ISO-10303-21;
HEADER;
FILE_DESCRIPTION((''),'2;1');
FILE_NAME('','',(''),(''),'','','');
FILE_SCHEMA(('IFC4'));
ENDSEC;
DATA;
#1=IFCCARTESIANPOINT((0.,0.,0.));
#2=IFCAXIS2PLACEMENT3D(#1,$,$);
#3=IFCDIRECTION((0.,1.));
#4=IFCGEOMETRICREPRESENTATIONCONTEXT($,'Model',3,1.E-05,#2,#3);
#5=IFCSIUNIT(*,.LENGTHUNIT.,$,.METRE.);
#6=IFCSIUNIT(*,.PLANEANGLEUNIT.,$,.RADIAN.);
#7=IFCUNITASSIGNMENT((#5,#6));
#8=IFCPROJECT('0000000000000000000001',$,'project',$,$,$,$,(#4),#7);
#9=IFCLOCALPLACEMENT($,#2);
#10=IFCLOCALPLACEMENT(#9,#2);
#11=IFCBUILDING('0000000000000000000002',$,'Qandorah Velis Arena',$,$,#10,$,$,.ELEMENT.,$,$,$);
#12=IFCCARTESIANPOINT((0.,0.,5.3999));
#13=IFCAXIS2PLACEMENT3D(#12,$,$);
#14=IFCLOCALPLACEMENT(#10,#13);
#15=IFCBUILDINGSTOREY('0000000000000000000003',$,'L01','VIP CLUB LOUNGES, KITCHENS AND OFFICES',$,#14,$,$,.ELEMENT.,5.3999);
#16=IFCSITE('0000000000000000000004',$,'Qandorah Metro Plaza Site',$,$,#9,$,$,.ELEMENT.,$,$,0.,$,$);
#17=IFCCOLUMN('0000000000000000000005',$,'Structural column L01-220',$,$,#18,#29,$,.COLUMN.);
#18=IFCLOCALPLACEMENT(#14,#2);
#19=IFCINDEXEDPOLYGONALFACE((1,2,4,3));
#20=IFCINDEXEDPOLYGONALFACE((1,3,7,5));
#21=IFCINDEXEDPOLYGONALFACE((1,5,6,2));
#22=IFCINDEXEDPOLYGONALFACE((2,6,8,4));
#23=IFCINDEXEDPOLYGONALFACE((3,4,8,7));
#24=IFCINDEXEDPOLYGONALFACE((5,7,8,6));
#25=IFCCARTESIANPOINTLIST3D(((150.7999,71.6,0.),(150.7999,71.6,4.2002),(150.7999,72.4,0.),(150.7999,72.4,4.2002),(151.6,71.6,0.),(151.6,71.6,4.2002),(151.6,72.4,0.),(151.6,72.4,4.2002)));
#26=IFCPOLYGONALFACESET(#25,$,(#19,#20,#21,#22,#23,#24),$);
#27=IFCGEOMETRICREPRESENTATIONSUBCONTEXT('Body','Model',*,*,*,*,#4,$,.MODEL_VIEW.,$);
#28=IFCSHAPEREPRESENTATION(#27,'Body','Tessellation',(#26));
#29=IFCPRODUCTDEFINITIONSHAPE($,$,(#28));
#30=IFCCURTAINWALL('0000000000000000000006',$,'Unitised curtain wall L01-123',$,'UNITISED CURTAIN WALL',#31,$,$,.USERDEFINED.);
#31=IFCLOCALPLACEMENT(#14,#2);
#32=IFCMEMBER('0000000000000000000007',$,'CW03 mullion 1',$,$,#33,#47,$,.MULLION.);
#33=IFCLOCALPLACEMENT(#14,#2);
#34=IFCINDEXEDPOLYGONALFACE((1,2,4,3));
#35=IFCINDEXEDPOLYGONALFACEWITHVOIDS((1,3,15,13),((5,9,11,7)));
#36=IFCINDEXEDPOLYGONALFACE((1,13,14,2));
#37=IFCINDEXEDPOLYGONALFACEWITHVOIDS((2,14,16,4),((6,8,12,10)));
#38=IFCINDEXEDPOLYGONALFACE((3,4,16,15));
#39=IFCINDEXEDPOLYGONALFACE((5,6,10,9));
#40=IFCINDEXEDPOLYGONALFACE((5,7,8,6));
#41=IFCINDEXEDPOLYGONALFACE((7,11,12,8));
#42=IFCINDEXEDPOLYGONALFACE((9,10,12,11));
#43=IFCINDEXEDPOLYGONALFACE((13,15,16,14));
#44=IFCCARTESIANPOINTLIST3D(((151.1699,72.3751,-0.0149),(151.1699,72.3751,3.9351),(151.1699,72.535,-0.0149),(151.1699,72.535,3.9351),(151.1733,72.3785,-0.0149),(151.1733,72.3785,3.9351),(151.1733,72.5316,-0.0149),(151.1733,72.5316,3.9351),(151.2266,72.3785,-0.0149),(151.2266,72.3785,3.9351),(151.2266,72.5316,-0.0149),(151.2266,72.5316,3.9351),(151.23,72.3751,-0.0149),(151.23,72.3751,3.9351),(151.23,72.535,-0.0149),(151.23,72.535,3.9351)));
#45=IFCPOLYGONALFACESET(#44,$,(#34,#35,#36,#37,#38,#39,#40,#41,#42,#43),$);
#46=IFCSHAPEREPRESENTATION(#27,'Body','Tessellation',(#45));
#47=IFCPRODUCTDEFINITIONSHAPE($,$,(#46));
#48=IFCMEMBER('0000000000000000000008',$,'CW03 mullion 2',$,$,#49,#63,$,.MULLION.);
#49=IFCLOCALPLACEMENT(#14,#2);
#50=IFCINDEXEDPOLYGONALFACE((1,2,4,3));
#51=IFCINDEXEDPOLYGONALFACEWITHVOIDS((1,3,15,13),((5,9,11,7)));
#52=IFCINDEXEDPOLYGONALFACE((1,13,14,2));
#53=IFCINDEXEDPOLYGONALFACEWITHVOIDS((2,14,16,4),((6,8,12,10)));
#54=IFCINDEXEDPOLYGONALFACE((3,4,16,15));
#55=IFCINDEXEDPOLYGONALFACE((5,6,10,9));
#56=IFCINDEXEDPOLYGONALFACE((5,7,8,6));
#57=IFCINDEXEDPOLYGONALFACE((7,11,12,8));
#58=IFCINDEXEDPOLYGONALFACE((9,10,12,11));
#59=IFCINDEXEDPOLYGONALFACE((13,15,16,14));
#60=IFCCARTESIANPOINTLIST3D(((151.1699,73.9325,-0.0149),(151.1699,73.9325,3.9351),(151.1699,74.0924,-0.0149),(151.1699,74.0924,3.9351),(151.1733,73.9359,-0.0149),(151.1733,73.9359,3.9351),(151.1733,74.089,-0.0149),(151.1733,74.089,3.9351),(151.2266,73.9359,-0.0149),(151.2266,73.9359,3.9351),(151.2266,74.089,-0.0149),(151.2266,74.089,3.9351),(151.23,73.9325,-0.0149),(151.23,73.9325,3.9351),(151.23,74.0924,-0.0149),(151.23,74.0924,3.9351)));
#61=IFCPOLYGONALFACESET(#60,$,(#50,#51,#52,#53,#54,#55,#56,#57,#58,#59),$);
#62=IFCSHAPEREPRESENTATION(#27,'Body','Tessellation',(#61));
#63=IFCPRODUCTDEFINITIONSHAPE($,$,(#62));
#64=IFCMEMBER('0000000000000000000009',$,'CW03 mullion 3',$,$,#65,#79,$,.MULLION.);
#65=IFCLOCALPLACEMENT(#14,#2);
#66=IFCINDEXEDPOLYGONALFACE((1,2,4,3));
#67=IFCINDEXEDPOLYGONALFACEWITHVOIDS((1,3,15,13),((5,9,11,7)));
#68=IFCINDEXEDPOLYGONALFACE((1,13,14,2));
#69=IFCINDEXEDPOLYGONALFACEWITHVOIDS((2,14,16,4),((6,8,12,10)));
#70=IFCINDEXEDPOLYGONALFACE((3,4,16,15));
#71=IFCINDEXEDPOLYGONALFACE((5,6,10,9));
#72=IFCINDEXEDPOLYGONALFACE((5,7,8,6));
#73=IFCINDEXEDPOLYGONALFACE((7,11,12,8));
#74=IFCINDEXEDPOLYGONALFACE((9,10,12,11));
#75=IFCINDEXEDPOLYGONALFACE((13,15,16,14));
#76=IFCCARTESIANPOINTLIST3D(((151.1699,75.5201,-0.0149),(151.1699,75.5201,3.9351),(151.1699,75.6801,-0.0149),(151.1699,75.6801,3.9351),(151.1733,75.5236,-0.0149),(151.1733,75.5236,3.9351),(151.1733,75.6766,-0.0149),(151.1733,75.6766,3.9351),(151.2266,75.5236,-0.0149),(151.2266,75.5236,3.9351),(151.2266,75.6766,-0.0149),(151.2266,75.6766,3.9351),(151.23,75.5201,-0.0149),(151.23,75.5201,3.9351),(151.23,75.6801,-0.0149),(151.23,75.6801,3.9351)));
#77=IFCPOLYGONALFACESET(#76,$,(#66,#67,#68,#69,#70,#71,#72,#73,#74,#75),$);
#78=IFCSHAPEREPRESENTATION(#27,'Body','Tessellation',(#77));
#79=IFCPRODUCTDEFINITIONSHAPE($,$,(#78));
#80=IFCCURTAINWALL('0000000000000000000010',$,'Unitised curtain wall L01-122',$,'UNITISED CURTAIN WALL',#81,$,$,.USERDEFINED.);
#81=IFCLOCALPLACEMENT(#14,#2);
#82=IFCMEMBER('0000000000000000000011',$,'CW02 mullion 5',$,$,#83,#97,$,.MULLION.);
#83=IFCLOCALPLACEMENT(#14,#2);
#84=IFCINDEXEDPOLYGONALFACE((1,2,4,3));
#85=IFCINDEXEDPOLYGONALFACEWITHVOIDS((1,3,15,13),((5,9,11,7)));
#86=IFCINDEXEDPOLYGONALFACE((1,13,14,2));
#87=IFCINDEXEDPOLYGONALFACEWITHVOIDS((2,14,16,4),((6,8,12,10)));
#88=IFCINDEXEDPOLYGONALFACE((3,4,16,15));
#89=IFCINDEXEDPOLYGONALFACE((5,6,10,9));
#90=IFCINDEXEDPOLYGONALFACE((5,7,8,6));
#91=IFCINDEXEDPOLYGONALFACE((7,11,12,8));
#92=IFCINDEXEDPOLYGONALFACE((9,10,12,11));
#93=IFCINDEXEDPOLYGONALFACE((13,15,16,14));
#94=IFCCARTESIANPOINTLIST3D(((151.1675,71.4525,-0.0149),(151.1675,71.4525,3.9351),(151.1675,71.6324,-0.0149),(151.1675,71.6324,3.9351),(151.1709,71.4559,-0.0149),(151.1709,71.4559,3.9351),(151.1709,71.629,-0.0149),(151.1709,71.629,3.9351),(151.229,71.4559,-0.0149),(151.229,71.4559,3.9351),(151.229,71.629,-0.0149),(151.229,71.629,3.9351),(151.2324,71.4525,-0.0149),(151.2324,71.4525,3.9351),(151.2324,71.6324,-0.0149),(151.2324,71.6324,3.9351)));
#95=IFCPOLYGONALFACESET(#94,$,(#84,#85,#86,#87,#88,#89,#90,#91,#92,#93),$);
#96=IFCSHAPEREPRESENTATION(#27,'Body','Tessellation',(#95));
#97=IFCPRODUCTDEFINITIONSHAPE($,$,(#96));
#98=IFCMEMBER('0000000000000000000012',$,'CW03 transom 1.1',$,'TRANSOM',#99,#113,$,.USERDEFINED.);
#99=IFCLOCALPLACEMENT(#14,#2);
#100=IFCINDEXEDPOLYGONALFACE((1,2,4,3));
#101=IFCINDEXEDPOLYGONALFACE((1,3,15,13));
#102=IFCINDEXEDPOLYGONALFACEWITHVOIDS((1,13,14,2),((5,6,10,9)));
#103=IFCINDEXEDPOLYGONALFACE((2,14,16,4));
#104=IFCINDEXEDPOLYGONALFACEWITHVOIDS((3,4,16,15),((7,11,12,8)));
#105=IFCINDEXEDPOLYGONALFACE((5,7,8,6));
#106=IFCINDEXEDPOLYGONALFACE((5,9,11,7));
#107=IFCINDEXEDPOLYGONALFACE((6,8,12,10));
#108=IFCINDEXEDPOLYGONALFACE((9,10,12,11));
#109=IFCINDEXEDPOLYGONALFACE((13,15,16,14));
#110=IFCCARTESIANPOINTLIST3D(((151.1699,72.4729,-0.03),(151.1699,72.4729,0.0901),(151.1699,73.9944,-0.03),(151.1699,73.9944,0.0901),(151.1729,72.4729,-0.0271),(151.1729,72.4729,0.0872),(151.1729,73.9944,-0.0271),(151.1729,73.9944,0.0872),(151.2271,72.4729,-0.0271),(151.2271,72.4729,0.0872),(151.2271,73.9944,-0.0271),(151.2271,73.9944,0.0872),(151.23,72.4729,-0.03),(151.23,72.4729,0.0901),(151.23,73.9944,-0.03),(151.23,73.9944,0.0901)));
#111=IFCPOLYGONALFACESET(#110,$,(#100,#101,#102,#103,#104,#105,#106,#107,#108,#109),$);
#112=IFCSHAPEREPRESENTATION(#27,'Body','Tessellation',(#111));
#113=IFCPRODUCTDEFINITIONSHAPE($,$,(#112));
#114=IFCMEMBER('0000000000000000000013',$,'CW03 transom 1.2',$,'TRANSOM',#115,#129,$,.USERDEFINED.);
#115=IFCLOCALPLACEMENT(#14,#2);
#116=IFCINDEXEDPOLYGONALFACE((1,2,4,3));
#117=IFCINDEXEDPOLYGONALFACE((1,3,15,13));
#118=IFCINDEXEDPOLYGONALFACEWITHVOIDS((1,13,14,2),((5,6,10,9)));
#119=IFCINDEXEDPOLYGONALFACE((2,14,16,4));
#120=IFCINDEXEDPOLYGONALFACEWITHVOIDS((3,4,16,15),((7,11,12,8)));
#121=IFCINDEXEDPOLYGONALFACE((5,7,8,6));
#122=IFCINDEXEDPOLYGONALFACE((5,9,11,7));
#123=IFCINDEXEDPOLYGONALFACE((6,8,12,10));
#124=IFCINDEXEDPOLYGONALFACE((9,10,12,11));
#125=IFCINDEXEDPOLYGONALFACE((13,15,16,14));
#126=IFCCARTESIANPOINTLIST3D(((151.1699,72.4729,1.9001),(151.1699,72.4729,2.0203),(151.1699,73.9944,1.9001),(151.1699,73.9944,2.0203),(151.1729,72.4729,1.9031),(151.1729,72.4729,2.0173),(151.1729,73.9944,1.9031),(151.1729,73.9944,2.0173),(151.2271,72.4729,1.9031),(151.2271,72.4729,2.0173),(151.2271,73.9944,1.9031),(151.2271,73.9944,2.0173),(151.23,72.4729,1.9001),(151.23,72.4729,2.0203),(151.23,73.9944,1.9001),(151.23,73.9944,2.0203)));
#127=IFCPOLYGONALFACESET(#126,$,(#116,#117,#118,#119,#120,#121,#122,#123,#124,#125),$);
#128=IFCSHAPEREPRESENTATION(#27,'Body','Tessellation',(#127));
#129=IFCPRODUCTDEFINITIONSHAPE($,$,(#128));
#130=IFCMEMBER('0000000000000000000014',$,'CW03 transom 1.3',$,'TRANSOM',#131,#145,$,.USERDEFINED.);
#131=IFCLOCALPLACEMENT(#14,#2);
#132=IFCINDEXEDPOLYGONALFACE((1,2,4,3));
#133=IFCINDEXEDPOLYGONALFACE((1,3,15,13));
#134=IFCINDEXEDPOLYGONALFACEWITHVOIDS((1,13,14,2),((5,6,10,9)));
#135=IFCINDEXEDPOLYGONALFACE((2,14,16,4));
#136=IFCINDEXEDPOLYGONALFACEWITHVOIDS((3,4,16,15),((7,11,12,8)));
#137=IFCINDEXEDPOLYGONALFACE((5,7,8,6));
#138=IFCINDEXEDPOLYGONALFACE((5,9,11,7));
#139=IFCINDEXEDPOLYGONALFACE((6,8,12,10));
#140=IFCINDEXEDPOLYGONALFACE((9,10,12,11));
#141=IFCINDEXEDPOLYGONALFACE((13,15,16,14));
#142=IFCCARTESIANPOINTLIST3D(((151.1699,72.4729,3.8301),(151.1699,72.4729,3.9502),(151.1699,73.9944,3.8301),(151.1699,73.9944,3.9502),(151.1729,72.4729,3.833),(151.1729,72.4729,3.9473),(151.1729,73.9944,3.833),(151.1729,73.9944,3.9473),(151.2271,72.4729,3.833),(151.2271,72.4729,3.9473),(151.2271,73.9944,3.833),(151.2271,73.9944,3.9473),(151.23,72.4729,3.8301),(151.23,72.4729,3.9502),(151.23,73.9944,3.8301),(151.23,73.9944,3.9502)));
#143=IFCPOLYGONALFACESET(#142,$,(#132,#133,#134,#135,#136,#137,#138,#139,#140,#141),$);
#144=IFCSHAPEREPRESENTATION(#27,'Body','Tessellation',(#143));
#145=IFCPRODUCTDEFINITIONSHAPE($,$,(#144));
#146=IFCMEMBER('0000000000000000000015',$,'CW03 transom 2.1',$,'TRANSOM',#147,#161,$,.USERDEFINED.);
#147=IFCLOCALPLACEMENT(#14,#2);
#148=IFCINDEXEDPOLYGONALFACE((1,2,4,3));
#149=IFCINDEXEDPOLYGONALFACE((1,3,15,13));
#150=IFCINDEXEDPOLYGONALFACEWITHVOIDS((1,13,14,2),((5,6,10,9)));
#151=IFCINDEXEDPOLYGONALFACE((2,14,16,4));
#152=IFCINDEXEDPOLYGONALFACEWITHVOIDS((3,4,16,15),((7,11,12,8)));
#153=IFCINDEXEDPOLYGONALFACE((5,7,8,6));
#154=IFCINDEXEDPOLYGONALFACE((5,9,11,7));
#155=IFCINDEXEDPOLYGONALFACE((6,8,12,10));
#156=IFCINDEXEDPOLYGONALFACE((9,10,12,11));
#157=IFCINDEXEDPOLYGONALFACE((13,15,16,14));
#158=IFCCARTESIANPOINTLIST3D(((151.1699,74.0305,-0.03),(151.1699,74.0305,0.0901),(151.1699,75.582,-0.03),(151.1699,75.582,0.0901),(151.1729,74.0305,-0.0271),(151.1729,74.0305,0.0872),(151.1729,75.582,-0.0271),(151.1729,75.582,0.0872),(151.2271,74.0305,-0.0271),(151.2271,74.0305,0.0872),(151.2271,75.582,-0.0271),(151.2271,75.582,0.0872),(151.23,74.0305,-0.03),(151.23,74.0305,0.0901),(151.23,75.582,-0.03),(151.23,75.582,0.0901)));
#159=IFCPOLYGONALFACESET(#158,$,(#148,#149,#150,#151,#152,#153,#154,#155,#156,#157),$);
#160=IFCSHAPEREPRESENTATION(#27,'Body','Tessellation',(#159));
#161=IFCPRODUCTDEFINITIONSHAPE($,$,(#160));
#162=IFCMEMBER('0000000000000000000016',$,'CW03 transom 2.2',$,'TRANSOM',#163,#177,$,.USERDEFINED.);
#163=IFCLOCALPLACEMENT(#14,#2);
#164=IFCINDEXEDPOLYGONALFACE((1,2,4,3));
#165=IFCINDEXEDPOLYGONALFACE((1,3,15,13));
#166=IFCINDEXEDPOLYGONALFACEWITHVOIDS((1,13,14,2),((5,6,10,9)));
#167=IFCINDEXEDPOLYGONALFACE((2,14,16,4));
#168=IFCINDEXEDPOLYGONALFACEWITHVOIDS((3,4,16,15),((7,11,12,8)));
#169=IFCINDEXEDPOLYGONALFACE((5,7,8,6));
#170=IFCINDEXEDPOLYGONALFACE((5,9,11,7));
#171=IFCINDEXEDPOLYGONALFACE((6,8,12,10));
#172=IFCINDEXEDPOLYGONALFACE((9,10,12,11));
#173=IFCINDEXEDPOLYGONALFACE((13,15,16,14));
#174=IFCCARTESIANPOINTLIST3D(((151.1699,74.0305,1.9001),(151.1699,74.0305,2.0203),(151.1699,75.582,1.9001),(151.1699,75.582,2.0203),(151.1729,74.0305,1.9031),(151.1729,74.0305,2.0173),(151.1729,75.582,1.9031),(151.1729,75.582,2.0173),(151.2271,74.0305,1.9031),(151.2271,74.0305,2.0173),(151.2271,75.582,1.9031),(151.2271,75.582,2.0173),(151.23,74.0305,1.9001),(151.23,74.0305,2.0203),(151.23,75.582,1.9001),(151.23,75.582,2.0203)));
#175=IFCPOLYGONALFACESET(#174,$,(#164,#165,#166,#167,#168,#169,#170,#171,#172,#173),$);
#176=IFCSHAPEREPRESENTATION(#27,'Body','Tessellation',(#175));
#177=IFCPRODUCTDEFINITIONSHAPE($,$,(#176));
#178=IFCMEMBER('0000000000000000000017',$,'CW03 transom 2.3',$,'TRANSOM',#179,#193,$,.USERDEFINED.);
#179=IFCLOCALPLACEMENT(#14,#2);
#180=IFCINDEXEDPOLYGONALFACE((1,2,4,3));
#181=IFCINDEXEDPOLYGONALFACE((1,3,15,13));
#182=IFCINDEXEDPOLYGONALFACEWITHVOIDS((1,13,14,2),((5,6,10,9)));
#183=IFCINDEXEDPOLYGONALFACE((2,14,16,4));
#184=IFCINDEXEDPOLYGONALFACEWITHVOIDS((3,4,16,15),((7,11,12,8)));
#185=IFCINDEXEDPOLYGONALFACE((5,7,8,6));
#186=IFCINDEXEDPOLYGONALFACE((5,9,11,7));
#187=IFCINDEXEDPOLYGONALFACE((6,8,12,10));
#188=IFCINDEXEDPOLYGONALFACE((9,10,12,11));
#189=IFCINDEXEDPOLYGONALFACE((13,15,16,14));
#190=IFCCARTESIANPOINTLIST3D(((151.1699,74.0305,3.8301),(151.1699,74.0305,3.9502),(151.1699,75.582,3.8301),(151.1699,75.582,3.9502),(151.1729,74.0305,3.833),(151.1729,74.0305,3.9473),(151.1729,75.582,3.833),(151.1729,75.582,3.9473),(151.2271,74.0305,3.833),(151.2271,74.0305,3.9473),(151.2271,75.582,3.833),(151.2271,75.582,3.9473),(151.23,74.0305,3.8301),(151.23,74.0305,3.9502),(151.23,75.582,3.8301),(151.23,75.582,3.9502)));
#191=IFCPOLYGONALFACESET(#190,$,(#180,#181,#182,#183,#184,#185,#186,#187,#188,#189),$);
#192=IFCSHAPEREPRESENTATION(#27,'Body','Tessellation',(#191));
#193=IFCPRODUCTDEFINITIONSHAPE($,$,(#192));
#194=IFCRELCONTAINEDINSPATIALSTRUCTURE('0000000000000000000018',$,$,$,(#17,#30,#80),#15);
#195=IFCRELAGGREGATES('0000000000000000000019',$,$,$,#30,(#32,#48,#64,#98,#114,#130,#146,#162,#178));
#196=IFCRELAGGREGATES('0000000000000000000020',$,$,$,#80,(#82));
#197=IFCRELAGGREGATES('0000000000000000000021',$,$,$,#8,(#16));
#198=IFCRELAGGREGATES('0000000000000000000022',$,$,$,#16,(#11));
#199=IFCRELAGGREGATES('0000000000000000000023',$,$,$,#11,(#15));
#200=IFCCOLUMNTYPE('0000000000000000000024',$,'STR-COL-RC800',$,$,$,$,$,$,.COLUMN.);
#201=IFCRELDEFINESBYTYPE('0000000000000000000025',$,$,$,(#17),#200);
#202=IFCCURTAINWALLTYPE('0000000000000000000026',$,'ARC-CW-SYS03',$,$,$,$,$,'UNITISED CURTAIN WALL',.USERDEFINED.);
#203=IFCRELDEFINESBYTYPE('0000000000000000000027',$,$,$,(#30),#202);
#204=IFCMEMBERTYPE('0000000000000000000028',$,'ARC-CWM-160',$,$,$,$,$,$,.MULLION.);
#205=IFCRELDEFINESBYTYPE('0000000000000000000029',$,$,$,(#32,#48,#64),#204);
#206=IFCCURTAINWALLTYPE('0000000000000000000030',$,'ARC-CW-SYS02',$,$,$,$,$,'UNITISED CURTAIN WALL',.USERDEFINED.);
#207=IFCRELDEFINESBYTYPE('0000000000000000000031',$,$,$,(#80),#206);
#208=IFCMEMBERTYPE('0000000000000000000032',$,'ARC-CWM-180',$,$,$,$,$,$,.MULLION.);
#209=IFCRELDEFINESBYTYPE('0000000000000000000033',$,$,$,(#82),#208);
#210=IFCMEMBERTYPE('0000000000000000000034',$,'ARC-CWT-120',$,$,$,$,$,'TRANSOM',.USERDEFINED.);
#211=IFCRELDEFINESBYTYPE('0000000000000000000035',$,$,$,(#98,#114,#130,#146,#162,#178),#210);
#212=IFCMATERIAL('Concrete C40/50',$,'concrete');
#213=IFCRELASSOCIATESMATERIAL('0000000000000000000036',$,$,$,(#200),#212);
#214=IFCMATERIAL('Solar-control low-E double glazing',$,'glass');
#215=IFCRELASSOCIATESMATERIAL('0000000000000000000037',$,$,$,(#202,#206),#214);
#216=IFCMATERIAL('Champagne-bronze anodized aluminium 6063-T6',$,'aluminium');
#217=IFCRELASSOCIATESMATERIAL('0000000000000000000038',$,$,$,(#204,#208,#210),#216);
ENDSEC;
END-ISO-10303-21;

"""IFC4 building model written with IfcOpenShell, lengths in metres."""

from ifc_helpers import new_model, si_unit, direction, frame, origin, origin_2d, place, context, subcontext, project, spatial, rectangle, hollow_rectangle, extrude, material, material_profile, profile_set, type_object, element, aggregate, save


model = new_model("IFC4")

# Units and contexts
model_context = context("Model", 3, precision=1e-05, world=origin(), true_north=direction((0.0, 1.0)))
body_context = subcontext(model_context, "Body", "Model", "MODEL_VIEW")
ifc_project = project(units=[si_unit("LENGTHUNIT", "METRE"), si_unit("PLANEANGLEUNIT", "RADIAN")], contexts=[model_context])

# Site, building, storey
site_placement = place(None, origin())
site = spatial("IfcSite", under=ifc_project, at=site_placement, Name="Qandorah Metro Plaza Site", CompositionType="ELEMENT", RefElevation=0.0)
building_placement = place(site_placement, origin())
building = spatial("IfcBuilding", under=site, at=building_placement, Name="Qandorah Velis Arena", CompositionType="ELEMENT")
storey_placement = place(building_placement, frame((0.0, 0.0, 5.3999)))
storey = spatial("IfcBuildingStorey", under=building, at=storey_placement, Name="L01", Description="VIP CLUB LOUNGES, KITCHENS AND OFFICES", CompositionType="ELEMENT", Elevation=5.3999)

# Column
ifc_material_1 = material(Name="Concrete C40/50", Category="concrete")
ifc_material_profile_1 = material_profile(ifc_material_1, rectangle(XDim=0.8, YDim=0.8, at=origin_2d()), Name="RC COL 800x800")
ifc_profile_set_1 = profile_set([ifc_material_profile_1], Name="Concrete C40/50")
column_type = type_object("IfcColumnType", Name="STR-COL-RC800", PredefinedType="COLUMN", material=ifc_profile_set_1)
column_placement = place(storey_placement, frame((151.2, 72.0, 0.0), z_axis=(0.0, 0.0, 1.0), x_axis=(1.0, 0.0, 0.0)))
element("IfcColumn", 1, at=column_placement, inside=storey, type_object=column_type, Name="Structural column L01-220", PredefinedType="COLUMN", context=body_context, shape_type="SweptSolid", body=[
    extrude(rectangle(XDim=0.8, YDim=0.8, at=origin_2d()), origin(), (0.0, 0.0, 1.0), 4.2002),
])

# Curtain wall, members
ifc_material_2 = material(Name="Solar-control low-E double glazing", Category="glass")
curtain_wall_type_1 = type_object("IfcCurtainWallType", Name="ARC-CW-SYS03", ElementType="UNITISED CURTAIN WALL", PredefinedType="USERDEFINED", material=ifc_material_2)
curtain_wall_1_placement = place(storey_placement, origin())
curtain_wall_1 = element("IfcCurtainWall", 2, at=curtain_wall_1_placement, inside=storey, type_object=curtain_wall_type_1, Name="Unitised curtain wall L01-123", ObjectType="UNITISED CURTAIN WALL", PredefinedType="USERDEFINED")
ifc_material_3 = material(Name="Champagne-bronze anodized aluminium 6063-T6", Category="aluminium")
ifc_material_profile_2 = material_profile(ifc_material_3, hollow_rectangle(XDim=0.0601, YDim=0.1599, WallThickness=0.0034, at=origin_2d()), Name="ALU MULLION 60x160")
ifc_profile_set_2 = profile_set([ifc_material_profile_2], Name="Champagne-bronze anodized aluminium 6063-T6")
member_type_1 = type_object("IfcMemberType", Name="ARC-CWM-160", PredefinedType="MULLION", material=ifc_profile_set_2)
member_1_placement = place(storey_placement, frame((151.2, 72.4551, -0.0149), z_axis=(0.0, 0.0, 1.0), x_axis=(-1.0, 0.0, 0.0)))
member_1 = element("IfcMember", 3, at=member_1_placement, type_object=member_type_1, Name="CW03 mullion 1", PredefinedType="MULLION", context=body_context, shape_type="SweptSolid", body=[
    extrude(hollow_rectangle(XDim=0.0601, YDim=0.1599, WallThickness=0.0034, at=origin_2d()), origin(), (0.0, 0.0, 1.0), 3.95),
])
member_2_placement = place(storey_placement, frame((151.2, 74.0125, -0.0149), z_axis=(0.0, 0.0, 1.0), x_axis=(-1.0, 0.0, 0.0)))
member_2 = element("IfcMember", 4, at=member_2_placement, type_object=member_type_1, Name="CW03 mullion 2", PredefinedType="MULLION", context=body_context, shape_type="SweptSolid", body=[
    extrude(hollow_rectangle(XDim=0.0601, YDim=0.1599, WallThickness=0.0034, at=origin_2d()), origin(), (0.0, 0.0, 1.0), 3.95),
])
member_3_placement = place(storey_placement, frame((151.2, 75.6001, -0.0149), z_axis=(0.0, 0.0, 1.0), x_axis=(-1.0, 0.0, 0.0)))
member_3 = element("IfcMember", 5, at=member_3_placement, type_object=member_type_1, Name="CW03 mullion 3", PredefinedType="MULLION", context=body_context, shape_type="SweptSolid", body=[
    extrude(hollow_rectangle(XDim=0.0601, YDim=0.1599, WallThickness=0.0034, at=origin_2d()), origin(), (0.0, 0.0, 1.0), 3.95),
])

# Curtain wall, member
curtain_wall_type_2 = type_object("IfcCurtainWallType", Name="ARC-CW-SYS02", ElementType="UNITISED CURTAIN WALL", PredefinedType="USERDEFINED", material=ifc_material_2)
curtain_wall_2_placement = place(storey_placement, origin())
curtain_wall_2 = element("IfcCurtainWall", 6, at=curtain_wall_2_placement, inside=storey, type_object=curtain_wall_type_2, Name="Unitised curtain wall L01-122", ObjectType="UNITISED CURTAIN WALL", PredefinedType="USERDEFINED")
ifc_material_profile_3 = material_profile(ifc_material_3, hollow_rectangle(XDim=0.0649, YDim=0.1799, WallThickness=0.0034, at=origin_2d()), Name="ALU MULLION 65x180")
ifc_profile_set_3 = profile_set([ifc_material_profile_3], Name="Champagne-bronze anodized aluminium 6063-T6")
member_type_2 = type_object("IfcMemberType", Name="ARC-CWM-180", PredefinedType="MULLION", material=ifc_profile_set_3)
member_4_placement = place(storey_placement, frame((151.2, 71.5425, -0.0149), z_axis=(0.0, 0.0, 1.0), x_axis=(-1.0, 0.0, 0.0)))
member_4 = element("IfcMember", 7, at=member_4_placement, type_object=member_type_2, Name="CW02 mullion 5", PredefinedType="MULLION", context=body_context, shape_type="SweptSolid", body=[
    extrude(hollow_rectangle(XDim=0.0649, YDim=0.1799, WallThickness=0.0034, at=origin_2d()), origin(), (0.0, 0.0, 1.0), 3.95),
])

# Members
ifc_material_profile_4 = material_profile(ifc_material_3, hollow_rectangle(XDim=0.0601, YDim=0.1201, WallThickness=0.0029, at=origin_2d()), Name="ALU TRANSOM 60x120")
ifc_profile_set_4 = profile_set([ifc_material_profile_4], Name="Champagne-bronze anodized aluminium 6063-T6")
member_type_3 = type_object("IfcMemberType", Name="ARC-CWT-120", ElementType="TRANSOM", PredefinedType="USERDEFINED", material=ifc_profile_set_4)
member_5_placement = place(storey_placement, frame((151.2, 72.4729, 0.03), z_axis=(0.0, 1.0, 0.0), x_axis=(-1.0, 0.0, 0.0)))
member_5 = element("IfcMember", 8, at=member_5_placement, type_object=member_type_3, Name="CW03 transom 1.1", ObjectType="TRANSOM", PredefinedType="USERDEFINED", context=body_context, shape_type="SweptSolid", body=[
    extrude(hollow_rectangle(XDim=0.0601, YDim=0.1201, WallThickness=0.0029, at=origin_2d()), origin(), (0.0, 0.0, 1.0), 1.5215),
])
member_6_placement = place(storey_placement, frame((151.2, 72.4729, 1.9602), z_axis=(0.0, 1.0, 0.0), x_axis=(-1.0, 0.0, 0.0)))
member_6 = element("IfcMember", 9, at=member_6_placement, type_object=member_type_3, Name="CW03 transom 1.2", ObjectType="TRANSOM", PredefinedType="USERDEFINED", context=body_context, shape_type="SweptSolid", body=[
    extrude(hollow_rectangle(XDim=0.0601, YDim=0.1201, WallThickness=0.0029, at=origin_2d()), origin(), (0.0, 0.0, 1.0), 1.5215),
])
member_7_placement = place(storey_placement, frame((151.2, 72.4729, 3.8901), z_axis=(0.0, 1.0, 0.0), x_axis=(-1.0, 0.0, 0.0)))
member_7 = element("IfcMember", 10, at=member_7_placement, type_object=member_type_3, Name="CW03 transom 1.3", ObjectType="TRANSOM", PredefinedType="USERDEFINED", context=body_context, shape_type="SweptSolid", body=[
    extrude(hollow_rectangle(XDim=0.0601, YDim=0.1201, WallThickness=0.0029, at=origin_2d()), origin(), (0.0, 0.0, 1.0), 1.5215),
])
member_8_placement = place(storey_placement, frame((151.2, 74.0305, 0.03), z_axis=(0.0, 1.0, 0.0), x_axis=(-1.0, 0.0, 0.0)))
member_8 = element("IfcMember", 11, at=member_8_placement, type_object=member_type_3, Name="CW03 transom 2.1", ObjectType="TRANSOM", PredefinedType="USERDEFINED", context=body_context, shape_type="SweptSolid", body=[
    extrude(hollow_rectangle(XDim=0.0601, YDim=0.1201, WallThickness=0.0029, at=origin_2d()), origin(), (0.0, 0.0, 1.0), 1.5515),
])
member_9_placement = place(storey_placement, frame((151.2, 74.0305, 1.9602), z_axis=(0.0, 1.0, 0.0), x_axis=(-1.0, 0.0, 0.0)))
member_9 = element("IfcMember", 12, at=member_9_placement, type_object=member_type_3, Name="CW03 transom 2.2", ObjectType="TRANSOM", PredefinedType="USERDEFINED", context=body_context, shape_type="SweptSolid", body=[
    extrude(hollow_rectangle(XDim=0.0601, YDim=0.1201, WallThickness=0.0029, at=origin_2d()), origin(), (0.0, 0.0, 1.0), 1.5515),
])
member_10_placement = place(storey_placement, frame((151.2, 74.0305, 3.8901), z_axis=(0.0, 1.0, 0.0), x_axis=(-1.0, 0.0, 0.0)))
member_10 = element("IfcMember", 13, at=member_10_placement, type_object=member_type_3, Name="CW03 transom 2.3", ObjectType="TRANSOM", PredefinedType="USERDEFINED", context=body_context, shape_type="SweptSolid", body=[
    extrude(hollow_rectangle(XDim=0.0601, YDim=0.1201, WallThickness=0.0029, at=origin_2d()), origin(), (0.0, 0.0, 1.0), 1.5515),
])

aggregate(curtain_wall_1, [member_1, member_2, member_3, member_5, member_6, member_7, member_8, member_9, member_10])
aggregate(curtain_wall_2, [member_4])

save(model, "model.ifc")
